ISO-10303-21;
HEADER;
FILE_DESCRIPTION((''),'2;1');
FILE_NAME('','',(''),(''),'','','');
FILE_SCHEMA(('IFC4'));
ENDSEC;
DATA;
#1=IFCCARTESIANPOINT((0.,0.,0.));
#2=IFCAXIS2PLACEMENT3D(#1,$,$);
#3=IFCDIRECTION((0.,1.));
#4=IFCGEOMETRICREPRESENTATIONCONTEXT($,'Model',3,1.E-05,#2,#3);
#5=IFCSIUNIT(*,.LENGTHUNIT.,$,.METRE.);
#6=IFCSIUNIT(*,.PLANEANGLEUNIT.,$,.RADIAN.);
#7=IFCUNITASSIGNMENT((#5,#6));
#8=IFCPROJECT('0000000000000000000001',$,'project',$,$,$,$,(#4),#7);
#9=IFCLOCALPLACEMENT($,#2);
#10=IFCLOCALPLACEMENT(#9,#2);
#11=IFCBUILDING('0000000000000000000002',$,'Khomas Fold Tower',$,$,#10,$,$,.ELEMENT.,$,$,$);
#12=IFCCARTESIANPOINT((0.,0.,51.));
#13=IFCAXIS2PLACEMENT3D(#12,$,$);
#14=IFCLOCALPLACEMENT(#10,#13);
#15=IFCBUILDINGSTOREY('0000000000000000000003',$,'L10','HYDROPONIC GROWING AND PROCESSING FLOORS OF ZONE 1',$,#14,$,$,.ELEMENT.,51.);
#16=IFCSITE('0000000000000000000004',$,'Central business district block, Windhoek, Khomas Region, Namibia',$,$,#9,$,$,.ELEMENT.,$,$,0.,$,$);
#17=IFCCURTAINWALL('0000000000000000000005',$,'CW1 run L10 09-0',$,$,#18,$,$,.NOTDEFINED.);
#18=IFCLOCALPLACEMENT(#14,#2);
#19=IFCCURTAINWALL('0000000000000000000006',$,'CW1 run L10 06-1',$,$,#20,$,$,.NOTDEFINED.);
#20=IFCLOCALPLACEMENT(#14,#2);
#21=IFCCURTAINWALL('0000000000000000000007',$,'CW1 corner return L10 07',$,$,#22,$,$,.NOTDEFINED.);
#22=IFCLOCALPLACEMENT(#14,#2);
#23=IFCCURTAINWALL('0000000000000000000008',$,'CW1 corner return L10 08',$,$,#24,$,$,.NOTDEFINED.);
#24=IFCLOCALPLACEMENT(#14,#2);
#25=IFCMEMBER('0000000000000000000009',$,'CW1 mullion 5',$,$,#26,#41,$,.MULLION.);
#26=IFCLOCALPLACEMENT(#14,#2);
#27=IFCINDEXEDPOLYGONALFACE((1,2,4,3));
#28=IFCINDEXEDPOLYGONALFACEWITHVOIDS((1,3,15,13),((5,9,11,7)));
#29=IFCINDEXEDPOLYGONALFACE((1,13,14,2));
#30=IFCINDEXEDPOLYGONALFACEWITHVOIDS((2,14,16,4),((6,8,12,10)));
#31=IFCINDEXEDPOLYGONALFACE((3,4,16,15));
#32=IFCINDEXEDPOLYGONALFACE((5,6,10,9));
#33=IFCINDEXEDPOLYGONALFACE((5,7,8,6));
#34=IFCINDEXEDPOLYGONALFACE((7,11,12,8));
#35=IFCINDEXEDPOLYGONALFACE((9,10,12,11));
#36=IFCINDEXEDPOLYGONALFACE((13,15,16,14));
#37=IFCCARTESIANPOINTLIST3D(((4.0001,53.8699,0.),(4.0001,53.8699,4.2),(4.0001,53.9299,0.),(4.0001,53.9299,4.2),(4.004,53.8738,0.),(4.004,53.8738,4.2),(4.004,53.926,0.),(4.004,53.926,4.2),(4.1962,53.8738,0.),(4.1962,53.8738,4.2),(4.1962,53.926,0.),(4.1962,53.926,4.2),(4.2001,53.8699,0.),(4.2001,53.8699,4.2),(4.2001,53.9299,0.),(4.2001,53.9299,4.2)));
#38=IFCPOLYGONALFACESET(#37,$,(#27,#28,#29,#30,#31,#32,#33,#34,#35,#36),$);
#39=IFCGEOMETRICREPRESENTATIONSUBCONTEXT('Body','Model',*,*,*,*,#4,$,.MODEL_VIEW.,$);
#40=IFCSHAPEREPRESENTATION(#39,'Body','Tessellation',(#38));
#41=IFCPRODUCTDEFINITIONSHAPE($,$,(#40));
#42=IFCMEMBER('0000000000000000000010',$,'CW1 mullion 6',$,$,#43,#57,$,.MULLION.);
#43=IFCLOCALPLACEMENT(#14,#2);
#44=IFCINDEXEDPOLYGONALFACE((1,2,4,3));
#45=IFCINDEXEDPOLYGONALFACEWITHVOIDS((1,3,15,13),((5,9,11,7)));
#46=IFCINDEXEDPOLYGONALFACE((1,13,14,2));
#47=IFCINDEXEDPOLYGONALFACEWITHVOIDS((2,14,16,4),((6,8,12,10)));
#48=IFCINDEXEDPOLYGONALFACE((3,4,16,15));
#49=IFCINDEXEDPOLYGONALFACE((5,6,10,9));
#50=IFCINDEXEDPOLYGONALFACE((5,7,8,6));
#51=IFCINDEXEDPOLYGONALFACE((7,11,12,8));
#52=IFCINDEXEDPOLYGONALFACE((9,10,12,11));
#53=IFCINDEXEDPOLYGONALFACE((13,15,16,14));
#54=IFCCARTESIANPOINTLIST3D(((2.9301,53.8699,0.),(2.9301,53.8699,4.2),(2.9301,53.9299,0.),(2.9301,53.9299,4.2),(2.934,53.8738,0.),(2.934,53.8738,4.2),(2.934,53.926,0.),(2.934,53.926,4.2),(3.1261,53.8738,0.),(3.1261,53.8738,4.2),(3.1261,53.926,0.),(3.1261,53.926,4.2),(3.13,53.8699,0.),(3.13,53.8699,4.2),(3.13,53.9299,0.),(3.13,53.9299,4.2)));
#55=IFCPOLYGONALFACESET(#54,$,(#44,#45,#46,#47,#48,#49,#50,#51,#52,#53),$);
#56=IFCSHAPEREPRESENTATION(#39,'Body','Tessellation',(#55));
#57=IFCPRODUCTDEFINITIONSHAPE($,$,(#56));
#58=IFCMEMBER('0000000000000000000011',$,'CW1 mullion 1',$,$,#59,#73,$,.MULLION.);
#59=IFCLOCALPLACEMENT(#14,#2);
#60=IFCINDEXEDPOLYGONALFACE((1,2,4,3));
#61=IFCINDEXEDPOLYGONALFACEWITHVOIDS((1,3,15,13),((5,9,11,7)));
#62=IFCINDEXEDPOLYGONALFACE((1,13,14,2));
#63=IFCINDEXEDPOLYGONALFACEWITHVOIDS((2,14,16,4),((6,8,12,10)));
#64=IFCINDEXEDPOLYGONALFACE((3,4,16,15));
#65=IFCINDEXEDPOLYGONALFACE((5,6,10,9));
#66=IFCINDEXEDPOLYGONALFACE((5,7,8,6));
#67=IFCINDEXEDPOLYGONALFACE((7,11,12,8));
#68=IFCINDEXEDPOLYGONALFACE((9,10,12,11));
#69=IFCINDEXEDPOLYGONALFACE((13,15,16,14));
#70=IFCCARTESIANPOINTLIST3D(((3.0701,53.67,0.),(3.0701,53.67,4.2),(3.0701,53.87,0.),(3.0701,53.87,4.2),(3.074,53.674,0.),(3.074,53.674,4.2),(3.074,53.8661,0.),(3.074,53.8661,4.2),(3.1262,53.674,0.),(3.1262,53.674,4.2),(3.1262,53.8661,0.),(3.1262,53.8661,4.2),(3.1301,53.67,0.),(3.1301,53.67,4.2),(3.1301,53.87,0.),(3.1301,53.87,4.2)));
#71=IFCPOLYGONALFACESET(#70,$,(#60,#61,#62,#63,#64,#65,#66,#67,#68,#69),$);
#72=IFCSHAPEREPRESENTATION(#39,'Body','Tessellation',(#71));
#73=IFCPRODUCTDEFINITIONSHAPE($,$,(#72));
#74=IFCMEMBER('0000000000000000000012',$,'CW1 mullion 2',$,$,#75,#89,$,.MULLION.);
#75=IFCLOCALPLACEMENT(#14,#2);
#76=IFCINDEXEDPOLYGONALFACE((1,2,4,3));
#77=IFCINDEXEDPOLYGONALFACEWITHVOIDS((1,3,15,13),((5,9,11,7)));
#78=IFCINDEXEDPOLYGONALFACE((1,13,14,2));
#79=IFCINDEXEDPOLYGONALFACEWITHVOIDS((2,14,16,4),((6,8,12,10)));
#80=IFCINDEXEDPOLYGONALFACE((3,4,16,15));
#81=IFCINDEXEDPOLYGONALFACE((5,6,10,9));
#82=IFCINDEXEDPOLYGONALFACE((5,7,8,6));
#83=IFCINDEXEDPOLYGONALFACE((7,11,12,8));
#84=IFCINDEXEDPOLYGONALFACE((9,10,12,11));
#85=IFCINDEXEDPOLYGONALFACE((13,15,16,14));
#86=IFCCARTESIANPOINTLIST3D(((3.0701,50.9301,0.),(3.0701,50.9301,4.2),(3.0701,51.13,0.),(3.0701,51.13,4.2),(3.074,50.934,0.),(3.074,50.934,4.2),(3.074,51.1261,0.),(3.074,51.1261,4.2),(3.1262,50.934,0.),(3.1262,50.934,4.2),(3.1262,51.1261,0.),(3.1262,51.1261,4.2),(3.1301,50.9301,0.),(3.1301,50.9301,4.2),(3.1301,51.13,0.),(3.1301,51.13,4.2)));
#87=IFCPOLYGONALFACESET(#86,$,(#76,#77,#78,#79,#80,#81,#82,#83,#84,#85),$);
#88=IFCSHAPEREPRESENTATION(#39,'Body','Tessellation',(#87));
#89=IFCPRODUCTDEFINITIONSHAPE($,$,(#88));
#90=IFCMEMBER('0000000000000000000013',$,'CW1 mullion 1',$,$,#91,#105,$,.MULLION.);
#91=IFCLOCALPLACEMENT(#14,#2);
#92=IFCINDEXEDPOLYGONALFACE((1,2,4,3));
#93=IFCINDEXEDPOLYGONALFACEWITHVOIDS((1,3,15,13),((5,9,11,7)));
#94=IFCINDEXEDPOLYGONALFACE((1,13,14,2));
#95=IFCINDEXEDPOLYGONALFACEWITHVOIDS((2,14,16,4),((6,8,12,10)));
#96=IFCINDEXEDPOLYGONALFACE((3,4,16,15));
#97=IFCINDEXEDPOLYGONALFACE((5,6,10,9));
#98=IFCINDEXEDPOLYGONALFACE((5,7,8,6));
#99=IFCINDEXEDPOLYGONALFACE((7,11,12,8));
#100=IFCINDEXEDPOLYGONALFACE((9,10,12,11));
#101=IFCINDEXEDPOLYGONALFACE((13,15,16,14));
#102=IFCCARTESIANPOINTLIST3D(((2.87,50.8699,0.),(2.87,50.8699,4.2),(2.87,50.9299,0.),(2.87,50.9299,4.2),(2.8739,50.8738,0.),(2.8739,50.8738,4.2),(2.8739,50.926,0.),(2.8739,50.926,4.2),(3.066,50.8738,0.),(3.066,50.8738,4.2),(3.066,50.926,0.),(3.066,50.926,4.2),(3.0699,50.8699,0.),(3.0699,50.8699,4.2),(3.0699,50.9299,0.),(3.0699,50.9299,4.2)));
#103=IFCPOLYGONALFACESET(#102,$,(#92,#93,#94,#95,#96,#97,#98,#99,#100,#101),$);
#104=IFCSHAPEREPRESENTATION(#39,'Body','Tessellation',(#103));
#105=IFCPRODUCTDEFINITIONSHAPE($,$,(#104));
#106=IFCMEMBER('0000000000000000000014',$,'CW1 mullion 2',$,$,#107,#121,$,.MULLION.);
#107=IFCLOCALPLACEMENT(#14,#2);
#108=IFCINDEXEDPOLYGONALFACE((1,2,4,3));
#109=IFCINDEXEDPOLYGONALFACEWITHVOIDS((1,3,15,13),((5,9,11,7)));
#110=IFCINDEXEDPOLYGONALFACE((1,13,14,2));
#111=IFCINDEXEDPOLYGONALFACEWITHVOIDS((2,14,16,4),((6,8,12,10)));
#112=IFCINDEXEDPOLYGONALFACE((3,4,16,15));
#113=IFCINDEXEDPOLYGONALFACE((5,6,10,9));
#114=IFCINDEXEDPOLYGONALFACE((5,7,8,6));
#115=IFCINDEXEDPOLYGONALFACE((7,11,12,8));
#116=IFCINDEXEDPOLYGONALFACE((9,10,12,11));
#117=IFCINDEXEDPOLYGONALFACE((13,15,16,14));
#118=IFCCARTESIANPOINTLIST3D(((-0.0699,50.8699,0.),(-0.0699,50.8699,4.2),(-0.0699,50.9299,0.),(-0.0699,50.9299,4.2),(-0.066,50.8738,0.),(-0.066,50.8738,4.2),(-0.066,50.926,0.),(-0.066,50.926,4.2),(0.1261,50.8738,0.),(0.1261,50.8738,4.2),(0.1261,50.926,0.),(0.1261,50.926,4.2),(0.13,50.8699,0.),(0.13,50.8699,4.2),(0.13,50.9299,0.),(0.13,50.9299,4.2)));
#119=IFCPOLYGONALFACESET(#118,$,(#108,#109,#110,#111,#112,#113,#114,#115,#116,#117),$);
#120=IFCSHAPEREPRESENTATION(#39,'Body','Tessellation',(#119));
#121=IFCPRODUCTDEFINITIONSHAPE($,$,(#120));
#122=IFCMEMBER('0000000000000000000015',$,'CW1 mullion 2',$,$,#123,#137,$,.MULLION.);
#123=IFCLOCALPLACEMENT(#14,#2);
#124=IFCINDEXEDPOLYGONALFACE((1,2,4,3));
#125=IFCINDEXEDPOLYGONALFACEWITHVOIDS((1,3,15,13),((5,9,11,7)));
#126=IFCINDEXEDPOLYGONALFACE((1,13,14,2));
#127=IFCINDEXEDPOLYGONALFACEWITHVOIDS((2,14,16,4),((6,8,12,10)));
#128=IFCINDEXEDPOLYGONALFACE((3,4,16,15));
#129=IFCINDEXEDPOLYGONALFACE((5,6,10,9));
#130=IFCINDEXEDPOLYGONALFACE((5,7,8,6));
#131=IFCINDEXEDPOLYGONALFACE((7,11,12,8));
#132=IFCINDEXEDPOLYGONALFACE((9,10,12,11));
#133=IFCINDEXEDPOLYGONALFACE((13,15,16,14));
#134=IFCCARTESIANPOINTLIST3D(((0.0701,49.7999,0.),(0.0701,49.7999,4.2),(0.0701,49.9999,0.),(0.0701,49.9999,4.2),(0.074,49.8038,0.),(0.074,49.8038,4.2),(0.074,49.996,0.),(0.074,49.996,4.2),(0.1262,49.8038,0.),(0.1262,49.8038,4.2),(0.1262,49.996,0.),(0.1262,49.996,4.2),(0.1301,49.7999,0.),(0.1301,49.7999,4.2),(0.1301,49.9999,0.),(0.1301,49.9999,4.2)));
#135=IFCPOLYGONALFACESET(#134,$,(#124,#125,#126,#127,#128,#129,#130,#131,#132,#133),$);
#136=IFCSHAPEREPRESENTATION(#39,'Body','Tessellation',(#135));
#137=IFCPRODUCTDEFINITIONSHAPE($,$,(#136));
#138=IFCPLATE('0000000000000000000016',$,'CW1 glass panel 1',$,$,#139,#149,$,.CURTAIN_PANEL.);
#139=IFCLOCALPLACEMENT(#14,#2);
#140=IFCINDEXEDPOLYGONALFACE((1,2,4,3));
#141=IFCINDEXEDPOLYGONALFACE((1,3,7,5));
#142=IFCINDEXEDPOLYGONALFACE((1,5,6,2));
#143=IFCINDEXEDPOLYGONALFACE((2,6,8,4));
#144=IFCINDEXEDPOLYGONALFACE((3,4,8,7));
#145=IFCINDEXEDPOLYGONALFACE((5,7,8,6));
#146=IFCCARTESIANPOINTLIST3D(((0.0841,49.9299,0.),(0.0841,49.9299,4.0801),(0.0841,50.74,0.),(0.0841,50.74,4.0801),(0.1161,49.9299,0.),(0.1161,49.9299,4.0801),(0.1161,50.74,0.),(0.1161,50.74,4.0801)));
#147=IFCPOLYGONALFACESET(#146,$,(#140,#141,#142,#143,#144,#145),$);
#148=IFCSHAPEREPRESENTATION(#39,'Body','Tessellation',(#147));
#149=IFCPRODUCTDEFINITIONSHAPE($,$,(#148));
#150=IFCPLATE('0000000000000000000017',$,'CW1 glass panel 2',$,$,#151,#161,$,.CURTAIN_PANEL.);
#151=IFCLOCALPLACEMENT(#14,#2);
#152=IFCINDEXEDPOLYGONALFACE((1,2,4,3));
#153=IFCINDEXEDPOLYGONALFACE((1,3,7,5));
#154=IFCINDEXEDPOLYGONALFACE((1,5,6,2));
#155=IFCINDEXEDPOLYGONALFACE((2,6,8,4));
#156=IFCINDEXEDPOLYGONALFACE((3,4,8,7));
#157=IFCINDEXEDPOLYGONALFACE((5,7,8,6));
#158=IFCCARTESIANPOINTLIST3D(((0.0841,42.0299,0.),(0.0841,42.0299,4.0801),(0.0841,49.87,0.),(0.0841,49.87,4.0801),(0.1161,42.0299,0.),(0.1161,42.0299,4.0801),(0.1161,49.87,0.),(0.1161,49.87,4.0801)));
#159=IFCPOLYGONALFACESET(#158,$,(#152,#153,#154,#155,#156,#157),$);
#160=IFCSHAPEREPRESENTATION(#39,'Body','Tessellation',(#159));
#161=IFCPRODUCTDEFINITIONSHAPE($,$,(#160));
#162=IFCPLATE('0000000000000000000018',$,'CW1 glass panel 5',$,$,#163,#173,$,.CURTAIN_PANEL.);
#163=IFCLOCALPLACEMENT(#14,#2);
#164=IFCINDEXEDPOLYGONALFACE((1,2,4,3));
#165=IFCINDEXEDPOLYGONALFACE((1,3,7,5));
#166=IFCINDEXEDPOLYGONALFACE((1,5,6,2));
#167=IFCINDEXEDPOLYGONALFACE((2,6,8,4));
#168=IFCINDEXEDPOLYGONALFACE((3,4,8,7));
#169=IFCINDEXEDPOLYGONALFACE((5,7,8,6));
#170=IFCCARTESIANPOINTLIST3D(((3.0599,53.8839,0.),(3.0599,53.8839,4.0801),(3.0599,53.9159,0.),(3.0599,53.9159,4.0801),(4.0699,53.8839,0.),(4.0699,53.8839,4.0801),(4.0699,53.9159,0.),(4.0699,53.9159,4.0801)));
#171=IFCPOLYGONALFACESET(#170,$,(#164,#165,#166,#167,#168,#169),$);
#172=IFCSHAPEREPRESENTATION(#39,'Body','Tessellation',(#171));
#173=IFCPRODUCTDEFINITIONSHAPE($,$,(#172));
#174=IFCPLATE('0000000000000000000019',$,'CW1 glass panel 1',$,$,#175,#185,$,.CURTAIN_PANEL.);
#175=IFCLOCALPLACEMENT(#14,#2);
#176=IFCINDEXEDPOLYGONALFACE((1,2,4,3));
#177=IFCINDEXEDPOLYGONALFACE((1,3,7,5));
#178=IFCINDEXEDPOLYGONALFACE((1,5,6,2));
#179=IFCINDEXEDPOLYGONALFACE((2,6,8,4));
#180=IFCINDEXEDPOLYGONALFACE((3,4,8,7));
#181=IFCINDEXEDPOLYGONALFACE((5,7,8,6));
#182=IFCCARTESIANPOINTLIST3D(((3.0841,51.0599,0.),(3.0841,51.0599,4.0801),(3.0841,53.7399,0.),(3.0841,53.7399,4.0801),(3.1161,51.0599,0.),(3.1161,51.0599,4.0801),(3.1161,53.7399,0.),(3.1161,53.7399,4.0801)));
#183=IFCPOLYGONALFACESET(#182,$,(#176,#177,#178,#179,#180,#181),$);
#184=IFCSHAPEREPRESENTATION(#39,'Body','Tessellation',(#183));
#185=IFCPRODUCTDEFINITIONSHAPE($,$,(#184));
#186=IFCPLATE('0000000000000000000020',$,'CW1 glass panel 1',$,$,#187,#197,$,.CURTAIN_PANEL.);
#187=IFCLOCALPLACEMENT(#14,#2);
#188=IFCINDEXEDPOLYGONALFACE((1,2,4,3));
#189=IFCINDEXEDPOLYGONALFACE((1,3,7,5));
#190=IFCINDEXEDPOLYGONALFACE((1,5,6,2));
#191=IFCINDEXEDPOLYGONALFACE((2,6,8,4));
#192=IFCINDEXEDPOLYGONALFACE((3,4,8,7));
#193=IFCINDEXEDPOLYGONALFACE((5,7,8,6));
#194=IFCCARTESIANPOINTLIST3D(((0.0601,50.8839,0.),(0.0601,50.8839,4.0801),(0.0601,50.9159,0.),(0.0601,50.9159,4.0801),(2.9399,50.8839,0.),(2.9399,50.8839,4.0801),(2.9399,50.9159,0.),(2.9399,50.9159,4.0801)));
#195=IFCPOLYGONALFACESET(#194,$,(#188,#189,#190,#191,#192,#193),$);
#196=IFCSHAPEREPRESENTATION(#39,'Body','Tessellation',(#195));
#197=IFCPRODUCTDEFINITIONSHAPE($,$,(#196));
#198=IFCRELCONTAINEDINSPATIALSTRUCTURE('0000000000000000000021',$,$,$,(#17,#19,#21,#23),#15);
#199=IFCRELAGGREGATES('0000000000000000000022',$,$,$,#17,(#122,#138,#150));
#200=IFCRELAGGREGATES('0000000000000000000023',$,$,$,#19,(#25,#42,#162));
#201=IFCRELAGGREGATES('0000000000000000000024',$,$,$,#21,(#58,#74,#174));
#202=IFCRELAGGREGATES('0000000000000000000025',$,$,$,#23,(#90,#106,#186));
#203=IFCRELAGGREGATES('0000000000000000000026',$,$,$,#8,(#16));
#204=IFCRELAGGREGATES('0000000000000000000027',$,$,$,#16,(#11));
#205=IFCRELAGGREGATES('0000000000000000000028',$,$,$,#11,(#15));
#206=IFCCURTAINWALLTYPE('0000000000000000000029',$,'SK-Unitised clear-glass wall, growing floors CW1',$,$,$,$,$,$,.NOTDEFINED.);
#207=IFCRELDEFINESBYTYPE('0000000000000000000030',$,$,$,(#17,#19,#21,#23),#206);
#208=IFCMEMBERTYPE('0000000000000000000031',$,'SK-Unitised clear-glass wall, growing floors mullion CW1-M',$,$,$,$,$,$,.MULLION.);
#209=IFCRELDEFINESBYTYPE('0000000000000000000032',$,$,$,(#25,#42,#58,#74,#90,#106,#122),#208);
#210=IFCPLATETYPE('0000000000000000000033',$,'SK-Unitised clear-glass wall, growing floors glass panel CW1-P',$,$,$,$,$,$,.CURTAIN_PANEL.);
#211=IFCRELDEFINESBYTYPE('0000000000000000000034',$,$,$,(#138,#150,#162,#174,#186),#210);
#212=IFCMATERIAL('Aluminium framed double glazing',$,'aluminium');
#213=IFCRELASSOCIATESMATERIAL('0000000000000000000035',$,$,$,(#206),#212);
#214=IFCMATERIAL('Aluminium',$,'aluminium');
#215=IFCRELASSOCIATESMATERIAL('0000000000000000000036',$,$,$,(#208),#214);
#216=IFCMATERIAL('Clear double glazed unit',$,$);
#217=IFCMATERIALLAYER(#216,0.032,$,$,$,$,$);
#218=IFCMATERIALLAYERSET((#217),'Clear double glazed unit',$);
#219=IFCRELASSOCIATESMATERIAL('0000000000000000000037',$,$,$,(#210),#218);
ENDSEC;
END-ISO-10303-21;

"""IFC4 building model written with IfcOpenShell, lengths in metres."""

from ifc_helpers import new_model, si_unit, direction, frame, origin, origin_2d, place, context, subcontext, project, spatial, rectangle, hollow_rectangle, extrude, source, transform, mapped, material, layer, layer_set, material_profile, profile_set, type_object, element, aggregate, save


model = new_model("IFC4")

# Units and contexts
model_context = context("Model", 3, precision=1e-05, world=origin(), true_north=direction((0.0, 1.0)))
body_context = subcontext(model_context, "Body", "Model", "MODEL_VIEW")
ifc_project = project(units=[si_unit("LENGTHUNIT", "METRE"), si_unit("PLANEANGLEUNIT", "RADIAN")], contexts=[model_context])

# Site, building, storey
site_placement = place(None, origin())
site = spatial("IfcSite", under=ifc_project, at=site_placement, Name="Central business district block, Windhoek, Khomas Region, Namibia", CompositionType="ELEMENT", RefElevation=0.0)
building_placement = place(site_placement, origin())
building = spatial("IfcBuilding", under=site, at=building_placement, Name="Khomas Fold Tower", CompositionType="ELEMENT")
storey_placement = place(building_placement, frame((0.0, 0.0, 51.0)))
storey = spatial("IfcBuildingStorey", under=building, at=storey_placement, Name="L10", Description="HYDROPONIC GROWING AND PROCESSING FLOORS OF ZONE 1", CompositionType="ELEMENT", Elevation=51.0)

# Curtain wall
ifc_material_1 = material(Name="Aluminium framed double glazing", Category="aluminium")
curtain_wall_type = type_object("IfcCurtainWallType", Name="SK-Unitised clear-glass wall, growing floors CW1", PredefinedType="NOTDEFINED", material=ifc_material_1)
curtain_wall_1_placement = place(storey_placement, origin())
curtain_wall_1 = element("IfcCurtainWall", 1, at=curtain_wall_1_placement, inside=storey, type_object=curtain_wall_type, Name="CW1 run L10 09-0", PredefinedType="NOTDEFINED")

# Curtain walls
curtain_wall_2_placement = place(storey_placement, origin())
curtain_wall_2 = element("IfcCurtainWall", 2, at=curtain_wall_2_placement, inside=storey, type_object=curtain_wall_type, Name="CW1 run L10 06-1", PredefinedType="NOTDEFINED")
curtain_wall_3_placement = place(storey_placement, origin())
curtain_wall_3 = element("IfcCurtainWall", 3, at=curtain_wall_3_placement, inside=storey, type_object=curtain_wall_type, Name="CW1 corner return L10 07", PredefinedType="NOTDEFINED")
curtain_wall_4_placement = place(storey_placement, origin())
curtain_wall_4 = element("IfcCurtainWall", 4, at=curtain_wall_4_placement, inside=storey, type_object=curtain_wall_type, Name="CW1 corner return L10 08", PredefinedType="NOTDEFINED")

# Members
ifc_material_2 = material(Name="Aluminium", Category="aluminium")
ifc_material_profile_1 = material_profile(ifc_material_2, hollow_rectangle(XDim=0.0601, YDim=0.2, WallThickness=0.0039, at=origin_2d()), Name="SK-Unitised clear-glass wall, growing floors mullion CW1-M")
ifc_profile_set_1 = profile_set([ifc_material_profile_1], Name="Aluminium")
member_type_1 = type_object("IfcMemberType", Name="SK-Unitised clear-glass wall, growing floors mullion CW1-M", PredefinedType="MULLION", material=ifc_profile_set_1)
shared_shape_1 = source(origin(), body_context, "Body", "SweptSolid", [
    extrude(hollow_rectangle(XDim=0.0601, YDim=0.2, WallThickness=0.0039, at=origin_2d()), origin(), (0.0, 0.0, 1.0), 4.2),
])
member_1_placement = place(storey_placement, frame((4.1001, 53.8999, 0.0), z_axis=(0.0, 0.0, 1.0), x_axis=(0.0, -1.0, 0.0)))
member_1 = element("IfcMember", 5, at=member_1_placement, type_object=member_type_1, Name="CW1 mullion 5", PredefinedType="MULLION", context=body_context, shape_type="MappedRepresentation", body=[
    mapped(shared_shape_1, transform((0.0, 0.0, 0.0))),
])
member_2_placement = place(storey_placement, frame((3.03, 53.8999, 0.0), z_axis=(0.0, 0.0, 1.0), x_axis=(0.0, -1.0, 0.0)))
member_2 = element("IfcMember", 6, at=member_2_placement, type_object=member_type_1, Name="CW1 mullion 6", PredefinedType="MULLION", context=body_context, shape_type="MappedRepresentation", body=[
    mapped(shared_shape_1, transform((0.0, 0.0, 0.0))),
])
member_3_placement = place(storey_placement, frame((3.1001, 53.77, 0.0), z_axis=(0.0, 0.0, 1.0), x_axis=(1.0, 0.0, 0.0)))
member_3 = element("IfcMember", 7, at=member_3_placement, type_object=member_type_1, Name="CW1 mullion 1", PredefinedType="MULLION", context=body_context, shape_type="MappedRepresentation", body=[
    mapped(shared_shape_1, transform((0.0, 0.0, 0.0))),
])
member_4_placement = place(storey_placement, frame((3.1001, 51.03, 0.0), z_axis=(0.0, 0.0, 1.0), x_axis=(1.0, 0.0, 0.0)))
member_4 = element("IfcMember", 8, at=member_4_placement, type_object=member_type_1, Name="CW1 mullion 2", PredefinedType="MULLION", context=body_context, shape_type="MappedRepresentation", body=[
    mapped(shared_shape_1, transform((0.0, 0.0, 0.0))),
])
member_5_placement = place(storey_placement, frame((2.97, 50.8999, 0.0), z_axis=(0.0, 0.0, 1.0), x_axis=(0.0, -1.0, 0.0)))
member_5 = element("IfcMember", 9, at=member_5_placement, type_object=member_type_1, Name="CW1 mullion 1", PredefinedType="MULLION", context=body_context, shape_type="MappedRepresentation", body=[
    mapped(shared_shape_1, transform((0.0, 0.0, 0.0))),
])
member_6_placement = place(storey_placement, frame((0.03, 50.8999, 0.0), z_axis=(0.0, 0.0, 1.0), x_axis=(0.0, -1.0, 0.0)))
member_6 = element("IfcMember", 10, at=member_6_placement, type_object=member_type_1, Name="CW1 mullion 2", PredefinedType="MULLION", context=body_context, shape_type="MappedRepresentation", body=[
    mapped(shared_shape_1, transform((0.0, 0.0, 0.0))),
])
member_7_placement = place(storey_placement, frame((0.1001, 49.8999, 0.0), z_axis=(0.0, 0.0, 1.0), x_axis=(1.0, 0.0, 0.0)))
member_7 = element("IfcMember", 11, at=member_7_placement, type_object=member_type_1, Name="CW1 mullion 2", PredefinedType="MULLION", context=body_context, shape_type="MappedRepresentation", body=[
    mapped(shared_shape_1, transform((0.0, 0.0, 0.0))),
])

# Plates
ifc_material_3 = material(Name="Clear double glazed unit")
ifc_layer_1 = layer(ifc_material_3, 0.032)
ifc_layer_set_1 = layer_set([ifc_layer_1], Name="Clear double glazed unit")
plate_type = type_object("IfcPlateType", Name="SK-Unitised clear-glass wall, growing floors glass panel CW1-P", PredefinedType="CURTAIN_PANEL", material=ifc_layer_set_1)
shared_shape_2 = source(origin(), body_context, "Body", "SweptSolid", [
    extrude(rectangle(XDim=0.8101, YDim=0.032, at=origin_2d()), origin(), (0.0, 0.0, 1.0), 4.0801),
])
plate_1_placement = place(storey_placement, frame((0.1001, 50.335, 0.0), z_axis=(0.0, 0.0, 1.0), x_axis=(0.0, -1.0, 0.0)))
plate_1 = element("IfcPlate", 12, at=plate_1_placement, type_object=plate_type, Name="CW1 glass panel 1", PredefinedType="CURTAIN_PANEL", context=body_context, shape_type="MappedRepresentation", body=[
    mapped(shared_shape_2, transform((0.0, 0.0, 0.0))),
])
shared_shape_3 = source(origin(), body_context, "Body", "SweptSolid", [
    extrude(rectangle(XDim=7.8401, YDim=0.032, at=origin_2d()), origin(), (0.0, 0.0, 1.0), 4.0801),
])
plate_2_placement = place(storey_placement, frame((0.1001, 45.95, 0.0), z_axis=(0.0, 0.0, 1.0), x_axis=(0.0, -1.0, 0.0)))
plate_2 = element("IfcPlate", 13, at=plate_2_placement, type_object=plate_type, Name="CW1 glass panel 2", PredefinedType="CURTAIN_PANEL", context=body_context, shape_type="MappedRepresentation", body=[
    mapped(shared_shape_3, transform((0.0, 0.0, 0.0))),
])
aggregate(curtain_wall_1, [member_7, plate_1, plate_2])
shared_shape_4 = source(origin(), body_context, "Body", "SweptSolid", [
    extrude(rectangle(XDim=1.01, YDim=0.032, at=origin_2d()), origin(), (0.0, 0.0, 1.0), 4.0801),
])
plate_3_placement = place(storey_placement, frame((3.5649, 53.8999, 0.0), z_axis=(0.0, 0.0, 1.0), x_axis=(-1.0, 0.0, 0.0)))
plate_3 = element("IfcPlate", 14, at=plate_3_placement, type_object=plate_type, Name="CW1 glass panel 5", PredefinedType="CURTAIN_PANEL", context=body_context, shape_type="MappedRepresentation", body=[
    mapped(shared_shape_4, transform((0.0, 0.0, 0.0))),
])
aggregate(curtain_wall_2, [member_1, member_2, plate_3])
shared_shape_5 = source(origin(), body_context, "Body", "SweptSolid", [
    extrude(rectangle(XDim=2.6799, YDim=0.032, at=origin_2d()), origin(), (0.0, 0.0, 1.0), 4.0801),
])
plate_4_placement = place(storey_placement, frame((3.1001, 52.3999, 0.0), z_axis=(0.0, 0.0, 1.0), x_axis=(0.0, -1.0, 0.0)))
plate_4 = element("IfcPlate", 15, at=plate_4_placement, type_object=plate_type, Name="CW1 glass panel 1", PredefinedType="CURTAIN_PANEL", context=body_context, shape_type="MappedRepresentation", body=[
    mapped(shared_shape_5, transform((0.0, 0.0, 0.0))),
])
aggregate(curtain_wall_3, [member_3, member_4, plate_4])
shared_shape_6 = source(origin(), body_context, "Body", "SweptSolid", [
    extrude(rectangle(XDim=2.8799, YDim=0.032, at=origin_2d()), origin(), (0.0, 0.0, 1.0), 4.0801),
])
plate_5_placement = place(storey_placement, frame((1.5, 50.8999, 0.0), z_axis=(0.0, 0.0, 1.0), x_axis=(-1.0, 0.0, 0.0)))
plate_5 = element("IfcPlate", 16, at=plate_5_placement, type_object=plate_type, Name="CW1 glass panel 1", PredefinedType="CURTAIN_PANEL", context=body_context, shape_type="MappedRepresentation", body=[
    mapped(shared_shape_6, transform((0.0, 0.0, 0.0))),
])
aggregate(curtain_wall_4, [member_5, member_6, plate_5])

save(model, "model.ifc")
